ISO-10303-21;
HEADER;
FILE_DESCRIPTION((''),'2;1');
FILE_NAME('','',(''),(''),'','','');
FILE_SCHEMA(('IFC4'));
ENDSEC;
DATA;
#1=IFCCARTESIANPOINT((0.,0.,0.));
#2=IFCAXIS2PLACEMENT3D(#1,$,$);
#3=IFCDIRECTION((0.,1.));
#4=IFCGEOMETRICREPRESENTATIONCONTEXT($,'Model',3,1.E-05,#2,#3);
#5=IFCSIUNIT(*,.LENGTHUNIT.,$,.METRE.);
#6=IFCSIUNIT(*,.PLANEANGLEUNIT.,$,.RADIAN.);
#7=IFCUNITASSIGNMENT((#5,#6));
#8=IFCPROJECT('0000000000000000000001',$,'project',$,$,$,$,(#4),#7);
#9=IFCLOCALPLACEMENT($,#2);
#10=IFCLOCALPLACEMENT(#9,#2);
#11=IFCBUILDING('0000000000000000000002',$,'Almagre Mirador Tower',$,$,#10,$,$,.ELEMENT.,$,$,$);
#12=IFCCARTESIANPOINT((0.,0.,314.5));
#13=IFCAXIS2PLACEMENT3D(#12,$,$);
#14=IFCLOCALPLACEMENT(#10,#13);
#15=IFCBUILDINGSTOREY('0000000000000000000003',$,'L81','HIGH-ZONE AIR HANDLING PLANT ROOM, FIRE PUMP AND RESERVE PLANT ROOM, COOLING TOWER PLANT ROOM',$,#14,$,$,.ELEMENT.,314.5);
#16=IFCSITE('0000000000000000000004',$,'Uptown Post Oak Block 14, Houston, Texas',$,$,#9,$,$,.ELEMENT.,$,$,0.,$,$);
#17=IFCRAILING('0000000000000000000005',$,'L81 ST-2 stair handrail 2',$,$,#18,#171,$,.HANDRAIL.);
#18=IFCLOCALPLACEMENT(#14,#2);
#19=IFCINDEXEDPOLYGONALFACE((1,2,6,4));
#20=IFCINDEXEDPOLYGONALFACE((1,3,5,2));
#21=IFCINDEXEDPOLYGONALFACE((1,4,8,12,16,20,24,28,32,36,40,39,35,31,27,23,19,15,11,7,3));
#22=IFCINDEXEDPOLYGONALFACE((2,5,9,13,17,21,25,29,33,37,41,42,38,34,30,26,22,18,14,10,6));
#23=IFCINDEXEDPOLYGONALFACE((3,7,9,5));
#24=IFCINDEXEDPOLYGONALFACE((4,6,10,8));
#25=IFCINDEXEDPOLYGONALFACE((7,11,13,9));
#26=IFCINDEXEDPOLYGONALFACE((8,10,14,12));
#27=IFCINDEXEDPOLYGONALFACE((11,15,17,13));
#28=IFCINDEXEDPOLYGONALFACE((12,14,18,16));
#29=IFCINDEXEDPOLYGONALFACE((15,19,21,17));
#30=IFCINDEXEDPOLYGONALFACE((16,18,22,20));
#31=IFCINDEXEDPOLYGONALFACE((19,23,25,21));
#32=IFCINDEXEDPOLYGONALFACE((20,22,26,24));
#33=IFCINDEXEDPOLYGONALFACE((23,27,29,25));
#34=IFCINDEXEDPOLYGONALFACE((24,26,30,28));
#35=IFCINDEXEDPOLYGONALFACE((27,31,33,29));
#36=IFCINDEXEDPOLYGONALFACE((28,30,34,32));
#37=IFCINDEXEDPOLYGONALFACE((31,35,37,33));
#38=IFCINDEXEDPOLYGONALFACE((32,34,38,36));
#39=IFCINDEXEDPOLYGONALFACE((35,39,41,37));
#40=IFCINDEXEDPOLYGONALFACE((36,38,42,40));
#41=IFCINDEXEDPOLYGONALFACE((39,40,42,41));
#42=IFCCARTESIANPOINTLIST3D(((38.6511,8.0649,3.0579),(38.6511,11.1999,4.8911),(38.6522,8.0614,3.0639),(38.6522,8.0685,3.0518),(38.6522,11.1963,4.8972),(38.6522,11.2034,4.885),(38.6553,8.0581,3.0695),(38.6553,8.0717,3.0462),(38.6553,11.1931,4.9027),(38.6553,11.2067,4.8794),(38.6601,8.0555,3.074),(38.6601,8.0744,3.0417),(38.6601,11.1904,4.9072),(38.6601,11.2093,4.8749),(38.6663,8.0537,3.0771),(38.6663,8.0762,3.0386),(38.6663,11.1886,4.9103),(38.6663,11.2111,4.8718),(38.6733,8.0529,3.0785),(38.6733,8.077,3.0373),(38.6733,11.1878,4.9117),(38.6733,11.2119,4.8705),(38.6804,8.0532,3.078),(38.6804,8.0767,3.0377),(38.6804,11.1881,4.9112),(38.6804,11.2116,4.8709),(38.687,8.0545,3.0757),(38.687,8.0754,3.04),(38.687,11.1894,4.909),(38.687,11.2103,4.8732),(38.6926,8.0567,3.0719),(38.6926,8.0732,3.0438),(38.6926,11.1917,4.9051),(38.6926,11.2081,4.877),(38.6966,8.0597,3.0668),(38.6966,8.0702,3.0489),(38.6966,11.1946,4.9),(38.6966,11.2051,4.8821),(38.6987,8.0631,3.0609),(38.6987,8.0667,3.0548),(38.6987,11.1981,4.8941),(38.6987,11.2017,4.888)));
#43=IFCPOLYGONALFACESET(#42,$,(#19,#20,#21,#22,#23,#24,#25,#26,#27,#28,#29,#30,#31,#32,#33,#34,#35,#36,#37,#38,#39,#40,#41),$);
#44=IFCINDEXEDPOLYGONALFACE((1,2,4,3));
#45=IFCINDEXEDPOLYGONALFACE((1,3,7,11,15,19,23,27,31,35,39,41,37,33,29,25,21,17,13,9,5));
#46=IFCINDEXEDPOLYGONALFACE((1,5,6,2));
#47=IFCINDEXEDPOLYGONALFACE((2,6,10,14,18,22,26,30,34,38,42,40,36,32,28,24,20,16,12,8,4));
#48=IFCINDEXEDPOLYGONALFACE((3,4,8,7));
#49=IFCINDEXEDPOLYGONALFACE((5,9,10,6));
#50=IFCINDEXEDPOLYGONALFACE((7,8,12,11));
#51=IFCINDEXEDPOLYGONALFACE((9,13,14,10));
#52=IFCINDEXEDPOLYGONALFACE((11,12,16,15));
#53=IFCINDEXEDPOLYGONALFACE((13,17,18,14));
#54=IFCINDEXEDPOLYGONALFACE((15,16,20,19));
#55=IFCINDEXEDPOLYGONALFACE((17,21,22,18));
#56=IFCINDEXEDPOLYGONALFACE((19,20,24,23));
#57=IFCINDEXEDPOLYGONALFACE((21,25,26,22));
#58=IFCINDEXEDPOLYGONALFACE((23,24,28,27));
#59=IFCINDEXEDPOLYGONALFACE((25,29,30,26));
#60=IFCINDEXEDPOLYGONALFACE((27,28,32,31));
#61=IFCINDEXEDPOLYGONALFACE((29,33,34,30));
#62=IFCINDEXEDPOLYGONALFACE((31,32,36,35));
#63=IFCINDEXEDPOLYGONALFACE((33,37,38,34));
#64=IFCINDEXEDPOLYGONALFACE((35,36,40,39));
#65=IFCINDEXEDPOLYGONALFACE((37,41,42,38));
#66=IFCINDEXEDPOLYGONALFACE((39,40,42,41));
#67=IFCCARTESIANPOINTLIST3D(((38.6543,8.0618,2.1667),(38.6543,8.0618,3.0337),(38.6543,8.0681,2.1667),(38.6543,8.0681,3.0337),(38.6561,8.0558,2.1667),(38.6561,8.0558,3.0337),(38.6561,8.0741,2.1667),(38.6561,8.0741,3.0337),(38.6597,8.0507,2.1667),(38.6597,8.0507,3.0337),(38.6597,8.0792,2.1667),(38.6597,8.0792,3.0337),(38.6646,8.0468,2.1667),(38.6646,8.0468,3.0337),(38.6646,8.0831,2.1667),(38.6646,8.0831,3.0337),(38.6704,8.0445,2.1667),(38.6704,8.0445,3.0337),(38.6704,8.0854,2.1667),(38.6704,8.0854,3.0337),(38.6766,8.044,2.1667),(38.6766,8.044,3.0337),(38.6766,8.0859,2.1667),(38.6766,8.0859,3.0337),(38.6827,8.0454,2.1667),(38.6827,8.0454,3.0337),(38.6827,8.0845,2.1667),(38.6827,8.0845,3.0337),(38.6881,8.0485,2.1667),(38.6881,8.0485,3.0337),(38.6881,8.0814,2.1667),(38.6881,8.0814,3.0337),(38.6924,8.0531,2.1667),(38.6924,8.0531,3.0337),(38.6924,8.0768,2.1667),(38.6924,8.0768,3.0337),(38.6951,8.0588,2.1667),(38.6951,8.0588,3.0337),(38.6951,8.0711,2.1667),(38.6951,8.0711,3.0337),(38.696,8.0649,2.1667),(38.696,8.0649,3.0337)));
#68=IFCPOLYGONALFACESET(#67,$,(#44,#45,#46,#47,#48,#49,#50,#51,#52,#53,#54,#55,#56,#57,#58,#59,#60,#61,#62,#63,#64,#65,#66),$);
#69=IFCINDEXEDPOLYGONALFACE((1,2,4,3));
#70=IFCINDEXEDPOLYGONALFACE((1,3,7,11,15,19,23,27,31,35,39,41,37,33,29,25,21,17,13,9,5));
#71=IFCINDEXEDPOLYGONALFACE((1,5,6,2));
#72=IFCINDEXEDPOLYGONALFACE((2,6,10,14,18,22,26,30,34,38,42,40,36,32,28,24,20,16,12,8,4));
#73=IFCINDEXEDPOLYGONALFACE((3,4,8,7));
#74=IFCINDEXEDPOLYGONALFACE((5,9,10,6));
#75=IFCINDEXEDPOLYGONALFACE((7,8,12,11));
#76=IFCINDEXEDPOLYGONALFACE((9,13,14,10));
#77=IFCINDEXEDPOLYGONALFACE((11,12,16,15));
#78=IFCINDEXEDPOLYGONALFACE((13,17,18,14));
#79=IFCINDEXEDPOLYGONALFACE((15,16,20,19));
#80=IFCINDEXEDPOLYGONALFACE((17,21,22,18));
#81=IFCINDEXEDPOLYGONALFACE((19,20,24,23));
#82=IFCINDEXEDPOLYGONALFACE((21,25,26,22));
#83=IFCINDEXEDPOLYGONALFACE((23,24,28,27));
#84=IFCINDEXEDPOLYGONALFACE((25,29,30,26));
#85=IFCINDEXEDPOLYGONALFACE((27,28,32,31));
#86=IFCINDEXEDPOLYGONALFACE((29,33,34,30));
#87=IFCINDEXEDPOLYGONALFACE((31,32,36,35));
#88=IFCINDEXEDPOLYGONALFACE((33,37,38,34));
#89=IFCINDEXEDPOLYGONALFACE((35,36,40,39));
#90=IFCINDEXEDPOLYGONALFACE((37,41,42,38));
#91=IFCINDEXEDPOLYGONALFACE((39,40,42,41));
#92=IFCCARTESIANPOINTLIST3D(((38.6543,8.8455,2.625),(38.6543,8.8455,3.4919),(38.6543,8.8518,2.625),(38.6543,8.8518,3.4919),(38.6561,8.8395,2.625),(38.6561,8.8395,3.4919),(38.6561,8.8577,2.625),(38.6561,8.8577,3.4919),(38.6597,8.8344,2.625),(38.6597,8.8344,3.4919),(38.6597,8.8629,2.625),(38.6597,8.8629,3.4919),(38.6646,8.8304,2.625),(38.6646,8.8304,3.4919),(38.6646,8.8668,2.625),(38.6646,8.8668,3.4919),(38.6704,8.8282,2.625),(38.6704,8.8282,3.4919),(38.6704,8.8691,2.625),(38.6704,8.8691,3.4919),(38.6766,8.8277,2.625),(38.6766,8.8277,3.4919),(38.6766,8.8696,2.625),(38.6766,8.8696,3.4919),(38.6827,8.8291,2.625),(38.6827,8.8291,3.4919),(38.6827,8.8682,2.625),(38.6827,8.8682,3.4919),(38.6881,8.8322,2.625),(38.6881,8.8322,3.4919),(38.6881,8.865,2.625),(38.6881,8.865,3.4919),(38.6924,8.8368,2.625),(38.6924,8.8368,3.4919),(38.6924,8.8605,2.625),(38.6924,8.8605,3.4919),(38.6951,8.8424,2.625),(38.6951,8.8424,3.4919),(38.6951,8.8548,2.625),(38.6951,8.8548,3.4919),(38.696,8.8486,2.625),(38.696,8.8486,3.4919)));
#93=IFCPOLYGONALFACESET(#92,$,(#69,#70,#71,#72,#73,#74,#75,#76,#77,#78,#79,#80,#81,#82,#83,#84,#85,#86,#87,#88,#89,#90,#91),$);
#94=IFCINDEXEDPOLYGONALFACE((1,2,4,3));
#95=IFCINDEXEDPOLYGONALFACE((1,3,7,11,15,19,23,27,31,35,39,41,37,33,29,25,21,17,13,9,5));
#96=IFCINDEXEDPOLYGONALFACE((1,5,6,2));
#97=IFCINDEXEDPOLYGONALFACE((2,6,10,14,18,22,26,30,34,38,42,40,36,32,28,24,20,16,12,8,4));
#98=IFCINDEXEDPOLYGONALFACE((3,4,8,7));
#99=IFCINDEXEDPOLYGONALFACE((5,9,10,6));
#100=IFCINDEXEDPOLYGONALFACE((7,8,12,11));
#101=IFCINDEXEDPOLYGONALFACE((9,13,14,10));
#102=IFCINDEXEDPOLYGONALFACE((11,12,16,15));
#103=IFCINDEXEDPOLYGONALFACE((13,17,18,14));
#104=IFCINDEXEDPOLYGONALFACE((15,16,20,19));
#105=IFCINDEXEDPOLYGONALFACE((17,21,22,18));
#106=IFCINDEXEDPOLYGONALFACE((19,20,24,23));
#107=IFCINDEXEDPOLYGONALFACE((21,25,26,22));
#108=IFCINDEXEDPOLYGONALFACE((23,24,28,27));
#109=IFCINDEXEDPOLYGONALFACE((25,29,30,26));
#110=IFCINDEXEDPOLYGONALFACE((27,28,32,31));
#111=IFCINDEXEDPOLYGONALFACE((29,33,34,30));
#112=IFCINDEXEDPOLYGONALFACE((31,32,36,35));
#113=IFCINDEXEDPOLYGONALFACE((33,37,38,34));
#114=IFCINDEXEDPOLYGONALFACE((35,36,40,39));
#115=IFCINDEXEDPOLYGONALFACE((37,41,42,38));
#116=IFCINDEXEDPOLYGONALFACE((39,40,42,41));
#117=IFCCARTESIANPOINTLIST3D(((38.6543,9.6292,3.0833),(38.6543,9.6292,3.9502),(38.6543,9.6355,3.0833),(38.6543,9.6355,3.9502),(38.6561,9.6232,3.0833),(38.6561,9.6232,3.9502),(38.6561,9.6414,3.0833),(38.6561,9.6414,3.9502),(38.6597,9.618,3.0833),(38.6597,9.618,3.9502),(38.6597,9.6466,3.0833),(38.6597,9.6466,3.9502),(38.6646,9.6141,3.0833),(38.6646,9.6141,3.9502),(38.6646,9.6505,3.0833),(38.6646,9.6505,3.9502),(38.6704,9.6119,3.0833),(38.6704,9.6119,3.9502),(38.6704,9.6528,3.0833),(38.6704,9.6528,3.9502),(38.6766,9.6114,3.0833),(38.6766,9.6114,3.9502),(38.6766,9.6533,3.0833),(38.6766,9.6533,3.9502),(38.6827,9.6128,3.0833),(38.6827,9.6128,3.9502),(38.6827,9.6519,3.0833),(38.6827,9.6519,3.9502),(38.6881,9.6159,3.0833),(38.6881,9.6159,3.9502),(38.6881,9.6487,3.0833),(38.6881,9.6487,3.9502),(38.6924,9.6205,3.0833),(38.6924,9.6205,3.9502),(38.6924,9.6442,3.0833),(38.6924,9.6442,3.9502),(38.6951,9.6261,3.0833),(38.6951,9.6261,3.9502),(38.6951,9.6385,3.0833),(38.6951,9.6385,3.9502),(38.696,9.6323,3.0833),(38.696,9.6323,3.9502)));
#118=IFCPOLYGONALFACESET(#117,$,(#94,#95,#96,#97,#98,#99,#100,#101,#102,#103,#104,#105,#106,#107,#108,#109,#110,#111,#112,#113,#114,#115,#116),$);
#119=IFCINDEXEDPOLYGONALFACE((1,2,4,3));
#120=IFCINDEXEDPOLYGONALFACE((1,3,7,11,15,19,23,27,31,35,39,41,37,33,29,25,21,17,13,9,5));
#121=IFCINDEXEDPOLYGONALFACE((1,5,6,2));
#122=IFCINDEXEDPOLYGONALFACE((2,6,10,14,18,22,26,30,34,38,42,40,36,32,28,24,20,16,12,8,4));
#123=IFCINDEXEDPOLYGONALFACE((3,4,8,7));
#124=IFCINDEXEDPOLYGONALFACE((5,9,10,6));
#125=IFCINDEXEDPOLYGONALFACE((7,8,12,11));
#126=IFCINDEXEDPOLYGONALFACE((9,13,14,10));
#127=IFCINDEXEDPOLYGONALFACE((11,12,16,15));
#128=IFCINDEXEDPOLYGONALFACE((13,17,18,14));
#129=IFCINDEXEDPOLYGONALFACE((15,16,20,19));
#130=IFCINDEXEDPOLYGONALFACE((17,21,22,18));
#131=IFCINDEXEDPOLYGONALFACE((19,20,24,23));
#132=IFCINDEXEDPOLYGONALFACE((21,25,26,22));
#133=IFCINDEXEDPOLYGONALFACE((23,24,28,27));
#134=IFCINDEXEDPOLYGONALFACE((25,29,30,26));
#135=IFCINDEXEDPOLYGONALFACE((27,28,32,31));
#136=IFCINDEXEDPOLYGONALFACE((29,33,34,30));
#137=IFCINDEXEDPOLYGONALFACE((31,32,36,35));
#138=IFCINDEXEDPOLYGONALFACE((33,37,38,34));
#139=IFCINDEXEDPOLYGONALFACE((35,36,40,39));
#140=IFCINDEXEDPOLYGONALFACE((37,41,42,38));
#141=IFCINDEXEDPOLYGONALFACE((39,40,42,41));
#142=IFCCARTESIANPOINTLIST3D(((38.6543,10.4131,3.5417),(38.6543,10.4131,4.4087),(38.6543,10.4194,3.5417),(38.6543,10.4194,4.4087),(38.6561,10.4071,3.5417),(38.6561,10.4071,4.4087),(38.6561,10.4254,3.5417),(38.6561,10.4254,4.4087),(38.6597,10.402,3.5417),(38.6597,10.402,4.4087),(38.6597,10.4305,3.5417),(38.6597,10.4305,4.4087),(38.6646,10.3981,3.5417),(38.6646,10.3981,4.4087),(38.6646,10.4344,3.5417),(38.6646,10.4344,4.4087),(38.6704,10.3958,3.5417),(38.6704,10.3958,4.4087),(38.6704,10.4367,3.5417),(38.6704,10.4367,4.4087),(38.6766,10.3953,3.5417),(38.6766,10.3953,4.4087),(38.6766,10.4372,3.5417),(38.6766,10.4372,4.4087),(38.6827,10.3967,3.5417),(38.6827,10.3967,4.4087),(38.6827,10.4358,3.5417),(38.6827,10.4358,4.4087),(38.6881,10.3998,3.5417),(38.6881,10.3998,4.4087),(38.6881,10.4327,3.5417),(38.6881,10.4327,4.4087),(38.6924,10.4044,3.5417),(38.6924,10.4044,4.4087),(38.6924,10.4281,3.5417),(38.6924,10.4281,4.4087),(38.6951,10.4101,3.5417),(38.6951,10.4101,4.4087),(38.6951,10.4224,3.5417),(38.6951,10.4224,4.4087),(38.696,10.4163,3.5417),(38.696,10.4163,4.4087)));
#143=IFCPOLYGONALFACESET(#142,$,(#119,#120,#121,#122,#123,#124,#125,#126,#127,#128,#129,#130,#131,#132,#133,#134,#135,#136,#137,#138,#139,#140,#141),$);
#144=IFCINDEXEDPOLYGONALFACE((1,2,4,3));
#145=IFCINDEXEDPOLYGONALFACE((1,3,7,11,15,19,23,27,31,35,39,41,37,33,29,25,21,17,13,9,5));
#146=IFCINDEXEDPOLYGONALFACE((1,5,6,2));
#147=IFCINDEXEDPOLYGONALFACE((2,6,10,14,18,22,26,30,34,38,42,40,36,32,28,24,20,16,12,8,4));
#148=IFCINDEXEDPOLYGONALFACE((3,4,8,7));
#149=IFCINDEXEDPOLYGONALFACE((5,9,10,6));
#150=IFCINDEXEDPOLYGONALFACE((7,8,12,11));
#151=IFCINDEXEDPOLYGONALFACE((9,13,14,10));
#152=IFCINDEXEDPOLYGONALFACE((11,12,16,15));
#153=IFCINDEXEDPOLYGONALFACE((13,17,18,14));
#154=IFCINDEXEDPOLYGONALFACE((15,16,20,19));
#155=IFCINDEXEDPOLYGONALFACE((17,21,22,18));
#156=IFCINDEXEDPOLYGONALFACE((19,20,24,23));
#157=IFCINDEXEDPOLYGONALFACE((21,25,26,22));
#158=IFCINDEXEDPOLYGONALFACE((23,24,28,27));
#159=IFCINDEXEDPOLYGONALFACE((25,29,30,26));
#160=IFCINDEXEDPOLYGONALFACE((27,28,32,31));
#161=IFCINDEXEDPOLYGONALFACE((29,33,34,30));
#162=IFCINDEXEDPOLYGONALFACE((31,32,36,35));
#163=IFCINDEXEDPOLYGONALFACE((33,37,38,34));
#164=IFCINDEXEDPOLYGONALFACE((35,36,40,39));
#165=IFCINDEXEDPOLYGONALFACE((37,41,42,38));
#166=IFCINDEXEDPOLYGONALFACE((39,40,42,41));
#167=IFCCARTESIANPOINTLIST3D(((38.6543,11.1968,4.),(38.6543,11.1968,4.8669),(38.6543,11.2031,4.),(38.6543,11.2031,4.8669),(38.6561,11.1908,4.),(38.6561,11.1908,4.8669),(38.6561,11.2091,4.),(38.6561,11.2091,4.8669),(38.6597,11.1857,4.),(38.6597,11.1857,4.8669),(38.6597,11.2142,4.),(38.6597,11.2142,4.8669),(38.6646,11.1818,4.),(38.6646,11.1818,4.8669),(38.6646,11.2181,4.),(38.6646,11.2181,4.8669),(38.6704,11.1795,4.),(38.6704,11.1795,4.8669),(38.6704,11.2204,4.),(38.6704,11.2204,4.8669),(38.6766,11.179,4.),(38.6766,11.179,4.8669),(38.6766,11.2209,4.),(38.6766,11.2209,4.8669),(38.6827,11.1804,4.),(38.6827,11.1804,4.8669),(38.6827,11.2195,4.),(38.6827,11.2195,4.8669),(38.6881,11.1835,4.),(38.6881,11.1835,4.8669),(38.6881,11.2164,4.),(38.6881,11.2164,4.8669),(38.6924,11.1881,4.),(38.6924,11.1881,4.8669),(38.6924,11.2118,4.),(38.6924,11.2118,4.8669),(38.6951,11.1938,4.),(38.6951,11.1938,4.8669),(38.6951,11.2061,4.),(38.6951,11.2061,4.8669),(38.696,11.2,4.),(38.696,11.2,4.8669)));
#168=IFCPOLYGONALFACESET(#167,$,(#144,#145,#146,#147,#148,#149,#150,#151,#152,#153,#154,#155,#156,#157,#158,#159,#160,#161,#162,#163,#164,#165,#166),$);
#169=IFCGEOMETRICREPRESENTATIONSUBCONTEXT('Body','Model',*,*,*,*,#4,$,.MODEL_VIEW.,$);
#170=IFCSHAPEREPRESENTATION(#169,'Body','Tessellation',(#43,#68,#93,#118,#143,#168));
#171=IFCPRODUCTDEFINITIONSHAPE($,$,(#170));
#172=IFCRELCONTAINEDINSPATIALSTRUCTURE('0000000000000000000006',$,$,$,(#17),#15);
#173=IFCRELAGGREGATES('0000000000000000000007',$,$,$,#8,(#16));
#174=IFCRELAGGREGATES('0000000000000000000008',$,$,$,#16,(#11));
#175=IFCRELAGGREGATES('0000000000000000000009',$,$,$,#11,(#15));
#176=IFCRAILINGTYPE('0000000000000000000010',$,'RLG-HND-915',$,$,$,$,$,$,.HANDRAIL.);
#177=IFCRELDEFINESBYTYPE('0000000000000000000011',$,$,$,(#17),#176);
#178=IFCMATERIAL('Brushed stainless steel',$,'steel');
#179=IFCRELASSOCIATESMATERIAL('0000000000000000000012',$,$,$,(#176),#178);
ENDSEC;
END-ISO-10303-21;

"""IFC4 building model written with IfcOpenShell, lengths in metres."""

from ifc_helpers import new_model, si_unit, direction, frame, origin, origin_2d, place, context, subcontext, project, spatial, circle, extrude, material, type_object, element, save


model = new_model("IFC4")

# Units and contexts
model_context = context("Model", 3, precision=1e-05, world=origin(), true_north=direction((0.0, 1.0)))
body_context = subcontext(model_context, "Body", "Model", "MODEL_VIEW")
ifc_project = project(units=[si_unit("LENGTHUNIT", "METRE"), si_unit("PLANEANGLEUNIT", "RADIAN")], contexts=[model_context])

# Site, building, storey
site_placement = place(None, origin())
site = spatial("IfcSite", under=ifc_project, at=site_placement, Name="Uptown Post Oak Block 14, Houston, Texas", CompositionType="ELEMENT", RefElevation=0.0)
building_placement = place(site_placement, origin())
building = spatial("IfcBuilding", under=site, at=building_placement, Name="Almagre Mirador Tower", CompositionType="ELEMENT")
storey_placement = place(building_placement, frame((0.0, 0.0, 314.5)))
storey = spatial("IfcBuildingStorey", under=building, at=storey_placement, Name="L81", Description="HIGH-ZONE AIR HANDLING PLANT ROOM, FIRE PUMP AND RESERVE PLANT ROOM, COOLING TOWER PLANT ROOM", CompositionType="ELEMENT", Elevation=314.5)

# Railing
ifc_material_1 = material(Name="Brushed stainless steel", Category="steel")
railing_type_1 = type_object("IfcRailingType", Name="RLG-HND-915", PredefinedType="HANDRAIL", material=ifc_material_1)
railing_1_placement = place(storey_placement, frame((38.675, 8.0649, 2.1667)))
element("IfcRailing", 1, at=railing_1_placement, inside=storey, type_object=railing_type_1, Name="L81 ST-2 stair handrail 2", PredefinedType="HANDRAIL", context=body_context, shape_type="SweptSolid", body=[
    extrude(circle(Radius=0.0239, at=origin_2d()), frame((0.0, 0.0, 0.8911), z_axis=(0.0, 0.86324, 0.504794), x_axis=(-1.0, 0.0, 0.0)), (0.0, 0.0, 1.0), 3.6316),
    extrude(circle(Radius=0.021, at=origin_2d()), origin(), (0.0, 0.0, 1.0), 0.8669),
    extrude(circle(Radius=0.021, at=origin_2d()), frame((0.0, 0.7837, 0.4583)), (0.0, 0.0, 1.0), 0.8669),
    extrude(circle(Radius=0.021, at=origin_2d()), frame((0.0, 1.5674, 0.9165)), (0.0, 0.0, 1.0), 0.8669),
    extrude(circle(Radius=0.021, at=origin_2d()), frame((0.0, 2.3513, 1.375)), (0.0, 0.0, 1.0), 0.8669),
    extrude(circle(Radius=0.021, at=origin_2d()), frame((0.0, 3.135, 1.8333)), (0.0, 0.0, 1.0), 0.8669),
])

save(model, "model.ifc")
